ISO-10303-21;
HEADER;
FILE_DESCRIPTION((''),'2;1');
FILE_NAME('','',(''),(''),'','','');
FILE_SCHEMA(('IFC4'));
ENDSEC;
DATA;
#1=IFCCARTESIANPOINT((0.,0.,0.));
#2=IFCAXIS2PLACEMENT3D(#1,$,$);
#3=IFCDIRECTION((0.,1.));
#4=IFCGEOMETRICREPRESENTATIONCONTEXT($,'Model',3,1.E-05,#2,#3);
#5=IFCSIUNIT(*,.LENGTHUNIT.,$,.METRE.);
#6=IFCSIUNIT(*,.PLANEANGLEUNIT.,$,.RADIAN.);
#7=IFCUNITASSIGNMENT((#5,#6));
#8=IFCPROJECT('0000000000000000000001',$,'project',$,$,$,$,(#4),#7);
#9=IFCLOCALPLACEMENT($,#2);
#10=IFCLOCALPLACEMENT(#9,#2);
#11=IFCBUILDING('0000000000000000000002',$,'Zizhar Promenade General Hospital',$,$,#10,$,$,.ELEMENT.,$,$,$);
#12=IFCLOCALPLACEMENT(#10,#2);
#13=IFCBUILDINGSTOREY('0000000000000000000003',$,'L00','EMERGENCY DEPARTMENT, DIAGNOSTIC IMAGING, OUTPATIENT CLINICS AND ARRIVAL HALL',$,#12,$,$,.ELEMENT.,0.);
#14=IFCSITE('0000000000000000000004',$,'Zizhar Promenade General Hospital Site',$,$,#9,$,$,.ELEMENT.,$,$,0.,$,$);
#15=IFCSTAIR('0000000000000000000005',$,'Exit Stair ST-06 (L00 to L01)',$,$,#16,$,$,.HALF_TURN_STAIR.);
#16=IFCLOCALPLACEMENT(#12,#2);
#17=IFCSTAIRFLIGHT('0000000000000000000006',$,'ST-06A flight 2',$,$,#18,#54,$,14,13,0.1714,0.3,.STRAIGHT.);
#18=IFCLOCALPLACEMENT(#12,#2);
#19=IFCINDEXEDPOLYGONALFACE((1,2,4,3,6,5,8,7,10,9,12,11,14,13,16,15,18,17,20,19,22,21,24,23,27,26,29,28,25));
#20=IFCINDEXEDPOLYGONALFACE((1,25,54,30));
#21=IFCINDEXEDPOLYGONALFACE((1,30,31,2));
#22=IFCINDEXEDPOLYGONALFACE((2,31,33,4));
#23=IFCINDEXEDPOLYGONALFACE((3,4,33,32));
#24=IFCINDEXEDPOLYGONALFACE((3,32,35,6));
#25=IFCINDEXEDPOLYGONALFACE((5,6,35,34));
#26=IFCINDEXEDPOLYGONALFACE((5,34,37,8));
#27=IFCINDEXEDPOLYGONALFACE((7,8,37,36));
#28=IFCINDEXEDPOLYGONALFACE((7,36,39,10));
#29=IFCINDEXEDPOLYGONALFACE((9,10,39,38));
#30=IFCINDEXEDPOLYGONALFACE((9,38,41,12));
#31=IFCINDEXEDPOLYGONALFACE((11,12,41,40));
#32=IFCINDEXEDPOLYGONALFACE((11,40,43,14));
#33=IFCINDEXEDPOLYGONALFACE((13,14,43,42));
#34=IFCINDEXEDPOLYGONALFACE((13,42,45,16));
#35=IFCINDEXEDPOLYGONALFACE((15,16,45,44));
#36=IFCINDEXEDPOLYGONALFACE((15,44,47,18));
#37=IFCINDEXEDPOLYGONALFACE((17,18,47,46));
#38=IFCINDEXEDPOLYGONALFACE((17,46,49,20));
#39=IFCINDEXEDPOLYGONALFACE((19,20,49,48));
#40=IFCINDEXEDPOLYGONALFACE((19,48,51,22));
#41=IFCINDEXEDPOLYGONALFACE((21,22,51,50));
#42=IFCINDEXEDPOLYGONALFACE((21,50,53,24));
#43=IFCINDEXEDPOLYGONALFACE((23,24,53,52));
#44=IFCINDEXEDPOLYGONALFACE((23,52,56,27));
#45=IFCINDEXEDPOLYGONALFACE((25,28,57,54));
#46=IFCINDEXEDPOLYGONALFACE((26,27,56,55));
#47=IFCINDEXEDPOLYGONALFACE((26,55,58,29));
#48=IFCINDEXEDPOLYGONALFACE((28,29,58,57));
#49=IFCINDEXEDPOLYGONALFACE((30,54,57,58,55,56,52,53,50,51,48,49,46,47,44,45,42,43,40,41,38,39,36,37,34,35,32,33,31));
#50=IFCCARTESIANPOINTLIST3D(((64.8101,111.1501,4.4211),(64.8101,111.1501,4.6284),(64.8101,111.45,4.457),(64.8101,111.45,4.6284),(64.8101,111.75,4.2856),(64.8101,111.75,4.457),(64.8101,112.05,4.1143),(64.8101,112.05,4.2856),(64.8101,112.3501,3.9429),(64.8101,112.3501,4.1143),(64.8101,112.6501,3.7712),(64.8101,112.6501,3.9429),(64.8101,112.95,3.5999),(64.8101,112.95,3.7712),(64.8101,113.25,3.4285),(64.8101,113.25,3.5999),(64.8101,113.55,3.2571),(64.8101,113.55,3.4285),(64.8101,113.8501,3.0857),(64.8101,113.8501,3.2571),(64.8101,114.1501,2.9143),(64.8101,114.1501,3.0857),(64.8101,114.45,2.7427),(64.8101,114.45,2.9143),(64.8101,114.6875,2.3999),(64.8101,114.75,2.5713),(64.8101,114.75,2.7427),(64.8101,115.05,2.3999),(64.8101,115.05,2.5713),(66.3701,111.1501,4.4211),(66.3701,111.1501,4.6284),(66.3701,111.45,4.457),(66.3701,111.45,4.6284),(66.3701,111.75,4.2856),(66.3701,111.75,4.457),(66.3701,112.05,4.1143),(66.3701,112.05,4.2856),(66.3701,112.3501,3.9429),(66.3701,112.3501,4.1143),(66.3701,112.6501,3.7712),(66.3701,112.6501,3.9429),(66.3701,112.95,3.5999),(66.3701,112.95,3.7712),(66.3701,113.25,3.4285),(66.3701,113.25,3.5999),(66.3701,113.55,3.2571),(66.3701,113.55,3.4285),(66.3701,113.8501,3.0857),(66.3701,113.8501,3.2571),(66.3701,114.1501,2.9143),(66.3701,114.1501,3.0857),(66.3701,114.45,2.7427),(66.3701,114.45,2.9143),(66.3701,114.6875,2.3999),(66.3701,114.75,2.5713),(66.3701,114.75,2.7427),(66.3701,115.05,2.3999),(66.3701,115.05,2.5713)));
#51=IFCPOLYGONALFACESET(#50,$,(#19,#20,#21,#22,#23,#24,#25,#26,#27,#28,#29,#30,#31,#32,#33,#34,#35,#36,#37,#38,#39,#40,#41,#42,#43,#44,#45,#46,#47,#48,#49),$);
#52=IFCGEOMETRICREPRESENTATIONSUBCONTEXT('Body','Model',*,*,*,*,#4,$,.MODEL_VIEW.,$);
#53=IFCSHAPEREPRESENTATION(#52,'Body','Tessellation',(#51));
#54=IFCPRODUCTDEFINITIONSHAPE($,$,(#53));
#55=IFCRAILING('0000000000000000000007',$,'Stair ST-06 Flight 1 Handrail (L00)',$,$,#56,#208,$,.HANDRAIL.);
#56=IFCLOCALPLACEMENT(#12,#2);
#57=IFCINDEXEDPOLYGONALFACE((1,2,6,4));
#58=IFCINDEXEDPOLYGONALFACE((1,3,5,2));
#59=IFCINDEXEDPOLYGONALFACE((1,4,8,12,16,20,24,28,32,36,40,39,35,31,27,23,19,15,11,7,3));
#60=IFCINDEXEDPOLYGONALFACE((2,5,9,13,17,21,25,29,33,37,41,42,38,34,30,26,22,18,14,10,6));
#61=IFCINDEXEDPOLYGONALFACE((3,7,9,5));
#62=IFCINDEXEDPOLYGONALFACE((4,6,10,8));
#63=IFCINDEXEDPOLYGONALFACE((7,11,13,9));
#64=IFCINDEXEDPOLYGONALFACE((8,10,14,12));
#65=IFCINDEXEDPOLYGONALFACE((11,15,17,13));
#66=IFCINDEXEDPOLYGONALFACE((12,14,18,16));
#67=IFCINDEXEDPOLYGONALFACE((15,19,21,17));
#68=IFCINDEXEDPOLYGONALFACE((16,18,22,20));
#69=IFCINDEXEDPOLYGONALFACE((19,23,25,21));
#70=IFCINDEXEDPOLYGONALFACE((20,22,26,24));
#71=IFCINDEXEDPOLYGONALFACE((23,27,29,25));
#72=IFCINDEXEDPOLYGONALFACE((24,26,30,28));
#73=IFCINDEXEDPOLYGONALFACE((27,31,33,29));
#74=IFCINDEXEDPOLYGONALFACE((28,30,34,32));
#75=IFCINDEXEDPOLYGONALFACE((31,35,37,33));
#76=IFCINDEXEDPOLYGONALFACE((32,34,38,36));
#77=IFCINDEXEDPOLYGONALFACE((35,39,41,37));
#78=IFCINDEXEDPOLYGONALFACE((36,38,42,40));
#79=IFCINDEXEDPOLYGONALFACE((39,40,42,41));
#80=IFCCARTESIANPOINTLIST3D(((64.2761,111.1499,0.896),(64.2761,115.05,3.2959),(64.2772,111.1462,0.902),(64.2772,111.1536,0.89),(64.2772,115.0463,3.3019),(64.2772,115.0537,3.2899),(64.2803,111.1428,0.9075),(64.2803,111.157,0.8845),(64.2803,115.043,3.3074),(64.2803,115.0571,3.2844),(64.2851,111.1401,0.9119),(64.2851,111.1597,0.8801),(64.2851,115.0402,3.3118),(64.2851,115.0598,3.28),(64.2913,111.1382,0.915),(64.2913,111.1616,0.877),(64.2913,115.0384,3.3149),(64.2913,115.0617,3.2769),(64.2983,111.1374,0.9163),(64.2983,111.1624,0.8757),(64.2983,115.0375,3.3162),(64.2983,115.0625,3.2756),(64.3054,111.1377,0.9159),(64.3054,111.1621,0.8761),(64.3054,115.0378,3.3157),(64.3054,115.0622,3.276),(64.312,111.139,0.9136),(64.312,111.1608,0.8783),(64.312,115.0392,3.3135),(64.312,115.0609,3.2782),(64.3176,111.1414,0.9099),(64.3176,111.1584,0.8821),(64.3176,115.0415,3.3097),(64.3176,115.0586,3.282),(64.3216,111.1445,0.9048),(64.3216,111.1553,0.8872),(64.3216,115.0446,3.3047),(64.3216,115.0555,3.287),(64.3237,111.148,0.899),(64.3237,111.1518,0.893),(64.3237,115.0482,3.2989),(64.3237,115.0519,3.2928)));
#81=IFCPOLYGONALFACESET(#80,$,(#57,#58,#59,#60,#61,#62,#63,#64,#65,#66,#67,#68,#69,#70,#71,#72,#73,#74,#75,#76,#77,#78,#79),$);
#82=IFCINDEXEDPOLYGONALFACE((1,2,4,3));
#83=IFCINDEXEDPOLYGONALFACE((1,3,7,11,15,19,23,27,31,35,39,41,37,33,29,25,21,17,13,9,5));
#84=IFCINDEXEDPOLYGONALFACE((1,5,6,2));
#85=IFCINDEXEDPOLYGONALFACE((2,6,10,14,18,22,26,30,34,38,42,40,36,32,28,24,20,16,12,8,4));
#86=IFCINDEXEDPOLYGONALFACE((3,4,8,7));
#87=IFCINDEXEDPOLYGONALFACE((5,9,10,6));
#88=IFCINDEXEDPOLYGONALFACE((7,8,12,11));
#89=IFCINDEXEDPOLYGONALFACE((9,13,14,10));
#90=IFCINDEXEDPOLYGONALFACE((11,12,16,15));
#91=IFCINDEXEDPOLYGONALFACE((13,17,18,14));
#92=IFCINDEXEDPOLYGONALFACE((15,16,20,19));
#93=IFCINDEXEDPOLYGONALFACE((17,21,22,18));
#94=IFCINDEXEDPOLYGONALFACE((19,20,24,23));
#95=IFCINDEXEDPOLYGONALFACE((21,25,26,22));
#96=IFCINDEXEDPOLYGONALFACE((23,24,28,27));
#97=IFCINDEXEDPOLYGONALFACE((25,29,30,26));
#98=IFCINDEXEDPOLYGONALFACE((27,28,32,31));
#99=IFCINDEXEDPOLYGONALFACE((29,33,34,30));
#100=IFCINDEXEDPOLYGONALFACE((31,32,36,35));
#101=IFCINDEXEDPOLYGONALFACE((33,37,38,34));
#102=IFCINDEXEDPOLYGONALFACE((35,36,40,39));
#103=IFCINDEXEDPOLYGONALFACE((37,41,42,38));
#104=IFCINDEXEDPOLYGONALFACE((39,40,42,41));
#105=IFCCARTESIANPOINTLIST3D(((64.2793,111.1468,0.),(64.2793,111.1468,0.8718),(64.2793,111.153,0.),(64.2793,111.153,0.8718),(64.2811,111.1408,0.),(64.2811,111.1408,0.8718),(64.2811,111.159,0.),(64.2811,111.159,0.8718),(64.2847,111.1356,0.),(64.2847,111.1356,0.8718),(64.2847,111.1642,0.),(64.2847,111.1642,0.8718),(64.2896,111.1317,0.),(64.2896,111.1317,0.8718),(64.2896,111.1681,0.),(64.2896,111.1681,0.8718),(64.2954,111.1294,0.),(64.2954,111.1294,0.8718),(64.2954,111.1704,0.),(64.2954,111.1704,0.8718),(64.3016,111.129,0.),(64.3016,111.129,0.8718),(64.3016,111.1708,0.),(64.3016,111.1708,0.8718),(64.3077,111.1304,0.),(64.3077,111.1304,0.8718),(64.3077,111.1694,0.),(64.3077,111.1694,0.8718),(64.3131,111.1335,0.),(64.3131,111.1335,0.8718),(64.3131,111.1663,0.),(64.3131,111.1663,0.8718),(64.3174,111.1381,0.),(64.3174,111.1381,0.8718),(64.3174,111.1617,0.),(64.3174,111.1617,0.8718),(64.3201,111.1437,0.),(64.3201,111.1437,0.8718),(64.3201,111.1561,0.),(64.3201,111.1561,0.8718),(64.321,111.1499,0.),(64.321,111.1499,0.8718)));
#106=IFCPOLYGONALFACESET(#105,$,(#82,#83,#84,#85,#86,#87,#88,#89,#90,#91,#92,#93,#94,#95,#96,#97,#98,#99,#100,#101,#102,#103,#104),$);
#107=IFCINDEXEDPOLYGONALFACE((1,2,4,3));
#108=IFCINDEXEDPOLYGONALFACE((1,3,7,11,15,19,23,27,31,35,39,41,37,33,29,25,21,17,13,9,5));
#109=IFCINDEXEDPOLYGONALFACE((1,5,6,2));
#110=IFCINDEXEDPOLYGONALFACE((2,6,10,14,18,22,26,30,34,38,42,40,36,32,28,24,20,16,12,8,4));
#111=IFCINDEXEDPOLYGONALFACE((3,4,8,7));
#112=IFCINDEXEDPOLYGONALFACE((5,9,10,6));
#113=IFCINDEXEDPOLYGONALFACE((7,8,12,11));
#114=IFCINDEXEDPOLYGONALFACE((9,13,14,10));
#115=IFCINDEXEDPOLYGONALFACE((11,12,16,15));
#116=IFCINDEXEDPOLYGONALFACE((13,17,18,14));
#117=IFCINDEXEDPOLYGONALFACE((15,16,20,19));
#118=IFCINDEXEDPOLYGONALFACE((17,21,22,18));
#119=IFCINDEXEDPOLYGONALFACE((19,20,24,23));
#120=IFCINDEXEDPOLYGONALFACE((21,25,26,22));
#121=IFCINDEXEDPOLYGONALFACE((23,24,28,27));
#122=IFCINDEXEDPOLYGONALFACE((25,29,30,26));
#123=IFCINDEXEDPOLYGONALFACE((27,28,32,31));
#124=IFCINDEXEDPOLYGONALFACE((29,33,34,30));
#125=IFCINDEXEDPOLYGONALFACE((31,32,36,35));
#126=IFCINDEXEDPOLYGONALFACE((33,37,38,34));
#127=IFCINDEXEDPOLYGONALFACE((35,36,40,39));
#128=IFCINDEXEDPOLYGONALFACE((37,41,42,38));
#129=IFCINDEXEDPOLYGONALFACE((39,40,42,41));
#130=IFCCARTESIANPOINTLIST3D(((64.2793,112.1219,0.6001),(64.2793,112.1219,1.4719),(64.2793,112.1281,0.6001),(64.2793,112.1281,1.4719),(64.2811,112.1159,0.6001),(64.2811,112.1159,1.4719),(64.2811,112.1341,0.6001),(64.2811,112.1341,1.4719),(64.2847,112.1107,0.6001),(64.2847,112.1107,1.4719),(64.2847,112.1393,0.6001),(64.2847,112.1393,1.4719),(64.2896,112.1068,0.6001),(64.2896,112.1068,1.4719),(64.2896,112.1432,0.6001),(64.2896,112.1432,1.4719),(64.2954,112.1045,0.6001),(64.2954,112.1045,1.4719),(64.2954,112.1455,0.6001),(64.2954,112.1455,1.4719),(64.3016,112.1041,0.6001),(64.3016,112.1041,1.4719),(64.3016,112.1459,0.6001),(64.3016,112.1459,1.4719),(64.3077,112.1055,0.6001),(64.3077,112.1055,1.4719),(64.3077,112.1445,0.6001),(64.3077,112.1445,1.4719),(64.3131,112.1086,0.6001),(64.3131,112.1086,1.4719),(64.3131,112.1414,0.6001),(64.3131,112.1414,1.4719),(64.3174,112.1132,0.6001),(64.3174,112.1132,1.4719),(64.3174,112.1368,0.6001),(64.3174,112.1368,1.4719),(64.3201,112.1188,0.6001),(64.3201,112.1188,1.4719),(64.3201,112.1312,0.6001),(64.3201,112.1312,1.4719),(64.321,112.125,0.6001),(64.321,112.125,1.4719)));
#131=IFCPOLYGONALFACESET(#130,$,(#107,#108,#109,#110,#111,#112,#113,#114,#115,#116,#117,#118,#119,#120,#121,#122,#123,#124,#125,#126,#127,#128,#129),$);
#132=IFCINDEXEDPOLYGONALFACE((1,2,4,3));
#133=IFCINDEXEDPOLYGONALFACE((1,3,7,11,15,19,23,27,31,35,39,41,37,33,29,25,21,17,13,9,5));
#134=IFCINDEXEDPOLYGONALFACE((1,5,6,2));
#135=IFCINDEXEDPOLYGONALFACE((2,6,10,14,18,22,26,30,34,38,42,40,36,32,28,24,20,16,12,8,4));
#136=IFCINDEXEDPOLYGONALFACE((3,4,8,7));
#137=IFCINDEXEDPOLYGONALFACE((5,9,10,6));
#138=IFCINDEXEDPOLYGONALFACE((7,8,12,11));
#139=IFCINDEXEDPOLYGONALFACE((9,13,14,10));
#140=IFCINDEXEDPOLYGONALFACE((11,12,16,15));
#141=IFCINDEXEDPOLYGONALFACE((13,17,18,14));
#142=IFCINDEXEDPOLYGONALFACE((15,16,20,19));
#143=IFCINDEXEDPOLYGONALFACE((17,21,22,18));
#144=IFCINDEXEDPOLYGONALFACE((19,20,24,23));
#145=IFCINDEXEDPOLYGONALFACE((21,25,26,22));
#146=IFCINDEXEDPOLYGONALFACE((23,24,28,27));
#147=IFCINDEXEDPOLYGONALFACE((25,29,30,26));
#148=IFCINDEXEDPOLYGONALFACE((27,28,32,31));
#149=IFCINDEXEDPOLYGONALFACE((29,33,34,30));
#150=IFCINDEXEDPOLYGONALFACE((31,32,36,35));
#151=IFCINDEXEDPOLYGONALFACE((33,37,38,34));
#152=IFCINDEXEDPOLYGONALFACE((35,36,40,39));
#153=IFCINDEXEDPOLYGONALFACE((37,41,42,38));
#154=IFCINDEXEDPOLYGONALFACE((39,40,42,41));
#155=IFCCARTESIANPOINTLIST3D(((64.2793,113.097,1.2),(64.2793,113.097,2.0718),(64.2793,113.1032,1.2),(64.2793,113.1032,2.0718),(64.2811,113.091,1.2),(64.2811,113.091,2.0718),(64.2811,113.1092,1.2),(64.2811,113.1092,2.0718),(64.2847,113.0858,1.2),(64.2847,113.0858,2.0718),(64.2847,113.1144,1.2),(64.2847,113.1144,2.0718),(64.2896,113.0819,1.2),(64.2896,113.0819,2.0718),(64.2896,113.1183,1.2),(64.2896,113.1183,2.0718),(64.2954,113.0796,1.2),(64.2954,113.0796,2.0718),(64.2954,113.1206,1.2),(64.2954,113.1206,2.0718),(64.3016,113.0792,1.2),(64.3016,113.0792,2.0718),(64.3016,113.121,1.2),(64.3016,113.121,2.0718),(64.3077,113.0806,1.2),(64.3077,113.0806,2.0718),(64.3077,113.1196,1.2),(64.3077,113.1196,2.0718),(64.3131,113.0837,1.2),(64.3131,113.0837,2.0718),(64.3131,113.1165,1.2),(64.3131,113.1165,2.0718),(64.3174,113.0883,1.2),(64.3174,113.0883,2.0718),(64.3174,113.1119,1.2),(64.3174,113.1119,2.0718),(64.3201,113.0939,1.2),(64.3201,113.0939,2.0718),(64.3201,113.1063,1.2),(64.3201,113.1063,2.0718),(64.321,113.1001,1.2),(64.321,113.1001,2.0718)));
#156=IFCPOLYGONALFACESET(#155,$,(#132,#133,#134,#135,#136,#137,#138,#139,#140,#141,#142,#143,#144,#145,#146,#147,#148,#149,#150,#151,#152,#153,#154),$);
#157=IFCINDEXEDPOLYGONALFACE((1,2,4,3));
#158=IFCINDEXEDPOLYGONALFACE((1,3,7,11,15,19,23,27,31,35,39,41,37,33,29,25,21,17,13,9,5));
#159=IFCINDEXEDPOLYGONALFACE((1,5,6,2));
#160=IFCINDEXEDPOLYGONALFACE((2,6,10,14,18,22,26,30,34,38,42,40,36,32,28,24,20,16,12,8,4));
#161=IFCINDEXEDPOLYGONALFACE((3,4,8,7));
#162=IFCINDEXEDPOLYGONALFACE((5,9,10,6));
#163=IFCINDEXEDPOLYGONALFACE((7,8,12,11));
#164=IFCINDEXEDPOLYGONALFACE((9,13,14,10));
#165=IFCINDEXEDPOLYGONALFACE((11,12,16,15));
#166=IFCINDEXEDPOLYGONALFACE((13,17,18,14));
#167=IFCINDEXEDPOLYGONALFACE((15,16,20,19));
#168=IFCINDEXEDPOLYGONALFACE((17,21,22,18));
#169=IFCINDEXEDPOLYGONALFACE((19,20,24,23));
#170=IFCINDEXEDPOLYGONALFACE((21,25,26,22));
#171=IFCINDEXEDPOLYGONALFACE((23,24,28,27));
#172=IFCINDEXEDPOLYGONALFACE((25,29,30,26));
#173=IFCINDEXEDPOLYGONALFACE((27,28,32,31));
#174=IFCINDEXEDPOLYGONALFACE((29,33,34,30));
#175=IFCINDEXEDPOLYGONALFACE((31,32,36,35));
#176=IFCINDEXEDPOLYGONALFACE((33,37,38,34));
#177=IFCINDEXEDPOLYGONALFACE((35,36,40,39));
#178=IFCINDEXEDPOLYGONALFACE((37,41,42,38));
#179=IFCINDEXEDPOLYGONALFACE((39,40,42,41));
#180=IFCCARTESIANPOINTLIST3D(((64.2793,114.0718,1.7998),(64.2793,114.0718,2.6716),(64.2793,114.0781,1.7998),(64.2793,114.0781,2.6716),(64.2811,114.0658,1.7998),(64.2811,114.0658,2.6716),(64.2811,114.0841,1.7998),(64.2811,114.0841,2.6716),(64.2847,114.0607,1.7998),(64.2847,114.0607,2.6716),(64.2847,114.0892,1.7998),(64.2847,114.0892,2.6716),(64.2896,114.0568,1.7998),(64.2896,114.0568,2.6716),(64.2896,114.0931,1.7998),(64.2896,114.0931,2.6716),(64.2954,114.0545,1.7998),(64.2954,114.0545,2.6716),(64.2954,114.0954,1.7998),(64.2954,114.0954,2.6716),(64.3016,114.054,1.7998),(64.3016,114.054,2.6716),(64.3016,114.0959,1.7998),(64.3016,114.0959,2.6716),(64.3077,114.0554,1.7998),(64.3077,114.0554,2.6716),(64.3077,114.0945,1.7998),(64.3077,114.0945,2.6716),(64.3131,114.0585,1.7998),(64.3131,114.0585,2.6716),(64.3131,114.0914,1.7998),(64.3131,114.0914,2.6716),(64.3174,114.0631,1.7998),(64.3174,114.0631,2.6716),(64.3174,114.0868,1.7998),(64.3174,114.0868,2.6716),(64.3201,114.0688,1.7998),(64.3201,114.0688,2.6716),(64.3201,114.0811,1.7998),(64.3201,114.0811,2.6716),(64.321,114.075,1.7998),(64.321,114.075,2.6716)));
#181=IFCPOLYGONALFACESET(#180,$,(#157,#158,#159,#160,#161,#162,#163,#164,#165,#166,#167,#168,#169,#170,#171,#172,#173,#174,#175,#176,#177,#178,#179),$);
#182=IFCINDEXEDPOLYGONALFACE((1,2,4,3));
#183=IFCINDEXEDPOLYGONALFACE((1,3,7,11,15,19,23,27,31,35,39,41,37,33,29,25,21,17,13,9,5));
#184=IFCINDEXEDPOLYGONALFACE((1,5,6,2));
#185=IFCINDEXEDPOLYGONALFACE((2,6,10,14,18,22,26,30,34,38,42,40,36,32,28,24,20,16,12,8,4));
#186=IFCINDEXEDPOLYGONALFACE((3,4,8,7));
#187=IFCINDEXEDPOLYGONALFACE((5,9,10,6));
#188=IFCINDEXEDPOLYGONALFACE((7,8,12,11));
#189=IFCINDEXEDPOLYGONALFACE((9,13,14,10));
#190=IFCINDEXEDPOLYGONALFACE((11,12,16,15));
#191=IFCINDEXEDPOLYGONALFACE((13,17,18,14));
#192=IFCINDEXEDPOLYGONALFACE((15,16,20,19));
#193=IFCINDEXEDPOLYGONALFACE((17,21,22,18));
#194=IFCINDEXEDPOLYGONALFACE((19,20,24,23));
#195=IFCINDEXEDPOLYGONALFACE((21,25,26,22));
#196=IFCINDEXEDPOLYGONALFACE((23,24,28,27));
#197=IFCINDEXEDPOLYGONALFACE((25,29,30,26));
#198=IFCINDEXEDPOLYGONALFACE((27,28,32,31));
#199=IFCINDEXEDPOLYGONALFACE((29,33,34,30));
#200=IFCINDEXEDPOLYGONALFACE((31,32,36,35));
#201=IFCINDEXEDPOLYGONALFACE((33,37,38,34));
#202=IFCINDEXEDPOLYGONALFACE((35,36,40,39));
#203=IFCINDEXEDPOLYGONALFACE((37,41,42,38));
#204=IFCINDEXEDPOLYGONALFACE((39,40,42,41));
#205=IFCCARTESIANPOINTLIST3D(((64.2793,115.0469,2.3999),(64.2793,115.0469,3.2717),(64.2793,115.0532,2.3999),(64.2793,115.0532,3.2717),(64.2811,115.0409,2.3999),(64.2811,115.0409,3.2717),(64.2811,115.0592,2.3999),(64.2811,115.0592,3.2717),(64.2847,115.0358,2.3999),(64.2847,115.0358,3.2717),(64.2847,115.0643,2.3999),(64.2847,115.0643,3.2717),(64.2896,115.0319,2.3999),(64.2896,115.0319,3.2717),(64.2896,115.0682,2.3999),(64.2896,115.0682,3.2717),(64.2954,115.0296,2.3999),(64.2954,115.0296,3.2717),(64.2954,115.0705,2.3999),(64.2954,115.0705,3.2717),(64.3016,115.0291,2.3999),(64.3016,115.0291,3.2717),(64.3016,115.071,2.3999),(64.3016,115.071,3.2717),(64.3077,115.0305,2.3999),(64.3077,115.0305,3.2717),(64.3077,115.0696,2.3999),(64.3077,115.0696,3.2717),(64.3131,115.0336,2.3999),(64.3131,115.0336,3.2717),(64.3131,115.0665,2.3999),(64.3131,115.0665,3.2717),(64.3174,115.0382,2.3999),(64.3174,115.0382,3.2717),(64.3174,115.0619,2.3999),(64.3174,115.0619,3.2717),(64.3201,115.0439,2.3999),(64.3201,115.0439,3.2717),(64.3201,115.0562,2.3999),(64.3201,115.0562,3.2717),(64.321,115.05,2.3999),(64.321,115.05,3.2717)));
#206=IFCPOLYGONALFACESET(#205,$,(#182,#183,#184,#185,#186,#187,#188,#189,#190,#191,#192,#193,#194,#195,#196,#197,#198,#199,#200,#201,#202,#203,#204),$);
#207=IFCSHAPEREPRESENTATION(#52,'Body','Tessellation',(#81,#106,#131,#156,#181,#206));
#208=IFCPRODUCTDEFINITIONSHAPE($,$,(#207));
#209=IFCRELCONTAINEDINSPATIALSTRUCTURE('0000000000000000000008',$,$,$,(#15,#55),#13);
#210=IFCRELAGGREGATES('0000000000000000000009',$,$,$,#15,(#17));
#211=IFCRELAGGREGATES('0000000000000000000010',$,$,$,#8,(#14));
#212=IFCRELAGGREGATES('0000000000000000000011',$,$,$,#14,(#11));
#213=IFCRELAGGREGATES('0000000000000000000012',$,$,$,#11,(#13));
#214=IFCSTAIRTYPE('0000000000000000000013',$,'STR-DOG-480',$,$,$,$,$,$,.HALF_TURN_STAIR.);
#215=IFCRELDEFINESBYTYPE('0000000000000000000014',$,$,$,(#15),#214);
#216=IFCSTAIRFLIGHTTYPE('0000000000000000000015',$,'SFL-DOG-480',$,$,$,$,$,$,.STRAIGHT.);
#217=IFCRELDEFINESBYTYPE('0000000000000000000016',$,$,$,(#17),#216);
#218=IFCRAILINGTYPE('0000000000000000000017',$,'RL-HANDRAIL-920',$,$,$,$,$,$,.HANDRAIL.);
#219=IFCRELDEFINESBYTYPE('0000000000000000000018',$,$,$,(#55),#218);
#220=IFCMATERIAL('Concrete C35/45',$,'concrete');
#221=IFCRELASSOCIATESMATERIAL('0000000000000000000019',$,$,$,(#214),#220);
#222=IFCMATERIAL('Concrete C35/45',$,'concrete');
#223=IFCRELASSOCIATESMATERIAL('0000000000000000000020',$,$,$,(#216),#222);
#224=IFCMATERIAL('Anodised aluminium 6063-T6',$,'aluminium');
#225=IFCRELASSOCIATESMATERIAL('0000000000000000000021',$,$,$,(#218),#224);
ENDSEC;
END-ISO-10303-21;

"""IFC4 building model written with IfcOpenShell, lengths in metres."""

from ifc_helpers import new_model, si_unit, direction, frame, origin, origin_2d, place, context, subcontext, project, spatial, polyline, circle, hollow_circle, outline, extrude, material, material_profile, profile_set, type_object, element, aggregate, save


model = new_model("IFC4")

# Units and contexts
model_context = context("Model", 3, precision=1e-05, world=origin(), true_north=direction((0.0, 1.0)))
body_context = subcontext(model_context, "Body", "Model", "MODEL_VIEW")
ifc_project = project(units=[si_unit("LENGTHUNIT", "METRE"), si_unit("PLANEANGLEUNIT", "RADIAN")], contexts=[model_context])

# Site, building, storey
site_placement = place(None, origin())
site = spatial("IfcSite", under=ifc_project, at=site_placement, Name="Zizhar Promenade General Hospital Site", CompositionType="ELEMENT", RefElevation=0.0)
building_placement = place(site_placement, origin())
building = spatial("IfcBuilding", under=site, at=building_placement, Name="Zizhar Promenade General Hospital", CompositionType="ELEMENT")
storey_placement = place(building_placement, origin())
storey = spatial("IfcBuildingStorey", under=building, at=storey_placement, Name="L00", Description="EMERGENCY DEPARTMENT, DIAGNOSTIC IMAGING, OUTPATIENT CLINICS AND ARRIVAL HALL", CompositionType="ELEMENT", Elevation=0.0)

# Stair, stair flight
ifc_material_1 = material(Name="Concrete C35/45", Category="concrete")
stair_type = type_object("IfcStairType", Name="STR-DOG-480", PredefinedType="HALF_TURN_STAIR", material=ifc_material_1)
stair_placement = place(storey_placement, origin())
stair = element("IfcStair", 1, at=stair_placement, inside=storey, type_object=stair_type, Name="Exit Stair ST-06 (L00 to L01)", PredefinedType="HALF_TURN_STAIR")
ifc_material_2 = material(Name="Concrete C35/45", Category="concrete")
stair_flight_type = type_object("IfcStairFlightType", Name="SFL-DOG-480", PredefinedType="STRAIGHT", material=ifc_material_2)
stair_flight_1_placement = place(storey_placement, frame((65.5901, 115.05, 2.3999), z_axis=(0.0, 0.0, 1.0), x_axis=(0.0, -1.0, 0.0)))
stair_flight_1 = element("IfcStairFlight", 2, at=stair_flight_1_placement, type_object=stair_flight_type, Name="ST-06A flight 2", NumberOfRisers=14, NumberOfTreads=13, PredefinedType="STRAIGHT", RiserHeight=0.1714, TreadLength=0.3, context=body_context, shape_type="SweptSolid", body=[
    extrude(outline(polyline([(0.0, 0.0), (0.0, 0.1714), (0.3, 0.1714), (0.3, 0.3428), (0.6001, 0.3428), (0.6001, 0.5144), (0.8999, 0.5144), (0.8999, 0.6858), (1.2, 0.6858), (1.2, 0.8572), (1.5, 0.8572), (1.5, 1.0286), (1.8, 1.0286), (1.8, 1.2), (2.1001, 1.2), (2.1001, 1.3713), (2.3999, 1.3713), (2.3999, 1.543), (2.7, 1.543), (2.7, 1.7144), (3.0, 1.7144), (3.0, 1.8857), (3.3, 1.8857), (3.3, 2.0571), (3.6001, 2.0571), (3.6001, 2.2285), (3.8999, 2.2285), (3.8999, 2.3999), (3.8999, 2.0212), (0.3625, 0.0), (0.0, 0.0)])), frame((0.0, 0.78, 0.0), z_axis=(0.0, -1.0, 0.0), x_axis=(1.0, 0.0, 0.0)), (0.0, 0.0, 1.0), 1.5601),
])
aggregate(stair, [stair_flight_1])

# Railing
ifc_material_3 = material(Name="Anodised aluminium 6063-T6", Category="aluminium")
ifc_material_profile_1 = material_profile(ifc_material_3, hollow_circle(Radius=0.0698, WallThickness=0.0063, at=origin_2d()))
ifc_profile_set_1 = profile_set([ifc_material_profile_1], Name="Anodised aluminium 6063-T6")
railing_type_1 = type_object("IfcRailingType", Name="RL-HANDRAIL-920", PredefinedType="HANDRAIL", material=ifc_profile_set_1)
railing_1_placement = place(storey_placement, frame((64.3, 111.1499, 0.0)))
element("IfcRailing", 3, at=railing_1_placement, inside=storey, type_object=railing_type_1, Name="Stair ST-06 Flight 1 Handrail (L00)", PredefinedType="HANDRAIL", context=body_context, shape_type="SweptSolid", body=[
    extrude(circle(Radius=0.0239, at=origin_2d()), frame((0.0, 0.0, 0.896), z_axis=(0.0, 0.851677, 0.524068), x_axis=(-1.0, 0.0, 0.0)), (0.0, 0.0, 1.0), 4.5793),
    extrude(circle(Radius=0.021, at=origin_2d()), origin(), (0.0, 0.0, 1.0), 0.8718),
    extrude(circle(Radius=0.021, at=origin_2d()), frame((0.0, 0.9751, 0.6001)), (0.0, 0.0, 1.0), 0.8718),
    extrude(circle(Radius=0.021, at=origin_2d()), frame((0.0, 1.9502, 1.2)), (0.0, 0.0, 1.0), 0.8718),
    extrude(circle(Radius=0.021, at=origin_2d()), frame((0.0, 2.925, 1.7998)), (0.0, 0.0, 1.0), 0.8718),
    extrude(circle(Radius=0.021, at=origin_2d()), frame((0.0, 3.9001, 2.3999)), (0.0, 0.0, 1.0), 0.8718),
])

save(model, "model.ifc")
